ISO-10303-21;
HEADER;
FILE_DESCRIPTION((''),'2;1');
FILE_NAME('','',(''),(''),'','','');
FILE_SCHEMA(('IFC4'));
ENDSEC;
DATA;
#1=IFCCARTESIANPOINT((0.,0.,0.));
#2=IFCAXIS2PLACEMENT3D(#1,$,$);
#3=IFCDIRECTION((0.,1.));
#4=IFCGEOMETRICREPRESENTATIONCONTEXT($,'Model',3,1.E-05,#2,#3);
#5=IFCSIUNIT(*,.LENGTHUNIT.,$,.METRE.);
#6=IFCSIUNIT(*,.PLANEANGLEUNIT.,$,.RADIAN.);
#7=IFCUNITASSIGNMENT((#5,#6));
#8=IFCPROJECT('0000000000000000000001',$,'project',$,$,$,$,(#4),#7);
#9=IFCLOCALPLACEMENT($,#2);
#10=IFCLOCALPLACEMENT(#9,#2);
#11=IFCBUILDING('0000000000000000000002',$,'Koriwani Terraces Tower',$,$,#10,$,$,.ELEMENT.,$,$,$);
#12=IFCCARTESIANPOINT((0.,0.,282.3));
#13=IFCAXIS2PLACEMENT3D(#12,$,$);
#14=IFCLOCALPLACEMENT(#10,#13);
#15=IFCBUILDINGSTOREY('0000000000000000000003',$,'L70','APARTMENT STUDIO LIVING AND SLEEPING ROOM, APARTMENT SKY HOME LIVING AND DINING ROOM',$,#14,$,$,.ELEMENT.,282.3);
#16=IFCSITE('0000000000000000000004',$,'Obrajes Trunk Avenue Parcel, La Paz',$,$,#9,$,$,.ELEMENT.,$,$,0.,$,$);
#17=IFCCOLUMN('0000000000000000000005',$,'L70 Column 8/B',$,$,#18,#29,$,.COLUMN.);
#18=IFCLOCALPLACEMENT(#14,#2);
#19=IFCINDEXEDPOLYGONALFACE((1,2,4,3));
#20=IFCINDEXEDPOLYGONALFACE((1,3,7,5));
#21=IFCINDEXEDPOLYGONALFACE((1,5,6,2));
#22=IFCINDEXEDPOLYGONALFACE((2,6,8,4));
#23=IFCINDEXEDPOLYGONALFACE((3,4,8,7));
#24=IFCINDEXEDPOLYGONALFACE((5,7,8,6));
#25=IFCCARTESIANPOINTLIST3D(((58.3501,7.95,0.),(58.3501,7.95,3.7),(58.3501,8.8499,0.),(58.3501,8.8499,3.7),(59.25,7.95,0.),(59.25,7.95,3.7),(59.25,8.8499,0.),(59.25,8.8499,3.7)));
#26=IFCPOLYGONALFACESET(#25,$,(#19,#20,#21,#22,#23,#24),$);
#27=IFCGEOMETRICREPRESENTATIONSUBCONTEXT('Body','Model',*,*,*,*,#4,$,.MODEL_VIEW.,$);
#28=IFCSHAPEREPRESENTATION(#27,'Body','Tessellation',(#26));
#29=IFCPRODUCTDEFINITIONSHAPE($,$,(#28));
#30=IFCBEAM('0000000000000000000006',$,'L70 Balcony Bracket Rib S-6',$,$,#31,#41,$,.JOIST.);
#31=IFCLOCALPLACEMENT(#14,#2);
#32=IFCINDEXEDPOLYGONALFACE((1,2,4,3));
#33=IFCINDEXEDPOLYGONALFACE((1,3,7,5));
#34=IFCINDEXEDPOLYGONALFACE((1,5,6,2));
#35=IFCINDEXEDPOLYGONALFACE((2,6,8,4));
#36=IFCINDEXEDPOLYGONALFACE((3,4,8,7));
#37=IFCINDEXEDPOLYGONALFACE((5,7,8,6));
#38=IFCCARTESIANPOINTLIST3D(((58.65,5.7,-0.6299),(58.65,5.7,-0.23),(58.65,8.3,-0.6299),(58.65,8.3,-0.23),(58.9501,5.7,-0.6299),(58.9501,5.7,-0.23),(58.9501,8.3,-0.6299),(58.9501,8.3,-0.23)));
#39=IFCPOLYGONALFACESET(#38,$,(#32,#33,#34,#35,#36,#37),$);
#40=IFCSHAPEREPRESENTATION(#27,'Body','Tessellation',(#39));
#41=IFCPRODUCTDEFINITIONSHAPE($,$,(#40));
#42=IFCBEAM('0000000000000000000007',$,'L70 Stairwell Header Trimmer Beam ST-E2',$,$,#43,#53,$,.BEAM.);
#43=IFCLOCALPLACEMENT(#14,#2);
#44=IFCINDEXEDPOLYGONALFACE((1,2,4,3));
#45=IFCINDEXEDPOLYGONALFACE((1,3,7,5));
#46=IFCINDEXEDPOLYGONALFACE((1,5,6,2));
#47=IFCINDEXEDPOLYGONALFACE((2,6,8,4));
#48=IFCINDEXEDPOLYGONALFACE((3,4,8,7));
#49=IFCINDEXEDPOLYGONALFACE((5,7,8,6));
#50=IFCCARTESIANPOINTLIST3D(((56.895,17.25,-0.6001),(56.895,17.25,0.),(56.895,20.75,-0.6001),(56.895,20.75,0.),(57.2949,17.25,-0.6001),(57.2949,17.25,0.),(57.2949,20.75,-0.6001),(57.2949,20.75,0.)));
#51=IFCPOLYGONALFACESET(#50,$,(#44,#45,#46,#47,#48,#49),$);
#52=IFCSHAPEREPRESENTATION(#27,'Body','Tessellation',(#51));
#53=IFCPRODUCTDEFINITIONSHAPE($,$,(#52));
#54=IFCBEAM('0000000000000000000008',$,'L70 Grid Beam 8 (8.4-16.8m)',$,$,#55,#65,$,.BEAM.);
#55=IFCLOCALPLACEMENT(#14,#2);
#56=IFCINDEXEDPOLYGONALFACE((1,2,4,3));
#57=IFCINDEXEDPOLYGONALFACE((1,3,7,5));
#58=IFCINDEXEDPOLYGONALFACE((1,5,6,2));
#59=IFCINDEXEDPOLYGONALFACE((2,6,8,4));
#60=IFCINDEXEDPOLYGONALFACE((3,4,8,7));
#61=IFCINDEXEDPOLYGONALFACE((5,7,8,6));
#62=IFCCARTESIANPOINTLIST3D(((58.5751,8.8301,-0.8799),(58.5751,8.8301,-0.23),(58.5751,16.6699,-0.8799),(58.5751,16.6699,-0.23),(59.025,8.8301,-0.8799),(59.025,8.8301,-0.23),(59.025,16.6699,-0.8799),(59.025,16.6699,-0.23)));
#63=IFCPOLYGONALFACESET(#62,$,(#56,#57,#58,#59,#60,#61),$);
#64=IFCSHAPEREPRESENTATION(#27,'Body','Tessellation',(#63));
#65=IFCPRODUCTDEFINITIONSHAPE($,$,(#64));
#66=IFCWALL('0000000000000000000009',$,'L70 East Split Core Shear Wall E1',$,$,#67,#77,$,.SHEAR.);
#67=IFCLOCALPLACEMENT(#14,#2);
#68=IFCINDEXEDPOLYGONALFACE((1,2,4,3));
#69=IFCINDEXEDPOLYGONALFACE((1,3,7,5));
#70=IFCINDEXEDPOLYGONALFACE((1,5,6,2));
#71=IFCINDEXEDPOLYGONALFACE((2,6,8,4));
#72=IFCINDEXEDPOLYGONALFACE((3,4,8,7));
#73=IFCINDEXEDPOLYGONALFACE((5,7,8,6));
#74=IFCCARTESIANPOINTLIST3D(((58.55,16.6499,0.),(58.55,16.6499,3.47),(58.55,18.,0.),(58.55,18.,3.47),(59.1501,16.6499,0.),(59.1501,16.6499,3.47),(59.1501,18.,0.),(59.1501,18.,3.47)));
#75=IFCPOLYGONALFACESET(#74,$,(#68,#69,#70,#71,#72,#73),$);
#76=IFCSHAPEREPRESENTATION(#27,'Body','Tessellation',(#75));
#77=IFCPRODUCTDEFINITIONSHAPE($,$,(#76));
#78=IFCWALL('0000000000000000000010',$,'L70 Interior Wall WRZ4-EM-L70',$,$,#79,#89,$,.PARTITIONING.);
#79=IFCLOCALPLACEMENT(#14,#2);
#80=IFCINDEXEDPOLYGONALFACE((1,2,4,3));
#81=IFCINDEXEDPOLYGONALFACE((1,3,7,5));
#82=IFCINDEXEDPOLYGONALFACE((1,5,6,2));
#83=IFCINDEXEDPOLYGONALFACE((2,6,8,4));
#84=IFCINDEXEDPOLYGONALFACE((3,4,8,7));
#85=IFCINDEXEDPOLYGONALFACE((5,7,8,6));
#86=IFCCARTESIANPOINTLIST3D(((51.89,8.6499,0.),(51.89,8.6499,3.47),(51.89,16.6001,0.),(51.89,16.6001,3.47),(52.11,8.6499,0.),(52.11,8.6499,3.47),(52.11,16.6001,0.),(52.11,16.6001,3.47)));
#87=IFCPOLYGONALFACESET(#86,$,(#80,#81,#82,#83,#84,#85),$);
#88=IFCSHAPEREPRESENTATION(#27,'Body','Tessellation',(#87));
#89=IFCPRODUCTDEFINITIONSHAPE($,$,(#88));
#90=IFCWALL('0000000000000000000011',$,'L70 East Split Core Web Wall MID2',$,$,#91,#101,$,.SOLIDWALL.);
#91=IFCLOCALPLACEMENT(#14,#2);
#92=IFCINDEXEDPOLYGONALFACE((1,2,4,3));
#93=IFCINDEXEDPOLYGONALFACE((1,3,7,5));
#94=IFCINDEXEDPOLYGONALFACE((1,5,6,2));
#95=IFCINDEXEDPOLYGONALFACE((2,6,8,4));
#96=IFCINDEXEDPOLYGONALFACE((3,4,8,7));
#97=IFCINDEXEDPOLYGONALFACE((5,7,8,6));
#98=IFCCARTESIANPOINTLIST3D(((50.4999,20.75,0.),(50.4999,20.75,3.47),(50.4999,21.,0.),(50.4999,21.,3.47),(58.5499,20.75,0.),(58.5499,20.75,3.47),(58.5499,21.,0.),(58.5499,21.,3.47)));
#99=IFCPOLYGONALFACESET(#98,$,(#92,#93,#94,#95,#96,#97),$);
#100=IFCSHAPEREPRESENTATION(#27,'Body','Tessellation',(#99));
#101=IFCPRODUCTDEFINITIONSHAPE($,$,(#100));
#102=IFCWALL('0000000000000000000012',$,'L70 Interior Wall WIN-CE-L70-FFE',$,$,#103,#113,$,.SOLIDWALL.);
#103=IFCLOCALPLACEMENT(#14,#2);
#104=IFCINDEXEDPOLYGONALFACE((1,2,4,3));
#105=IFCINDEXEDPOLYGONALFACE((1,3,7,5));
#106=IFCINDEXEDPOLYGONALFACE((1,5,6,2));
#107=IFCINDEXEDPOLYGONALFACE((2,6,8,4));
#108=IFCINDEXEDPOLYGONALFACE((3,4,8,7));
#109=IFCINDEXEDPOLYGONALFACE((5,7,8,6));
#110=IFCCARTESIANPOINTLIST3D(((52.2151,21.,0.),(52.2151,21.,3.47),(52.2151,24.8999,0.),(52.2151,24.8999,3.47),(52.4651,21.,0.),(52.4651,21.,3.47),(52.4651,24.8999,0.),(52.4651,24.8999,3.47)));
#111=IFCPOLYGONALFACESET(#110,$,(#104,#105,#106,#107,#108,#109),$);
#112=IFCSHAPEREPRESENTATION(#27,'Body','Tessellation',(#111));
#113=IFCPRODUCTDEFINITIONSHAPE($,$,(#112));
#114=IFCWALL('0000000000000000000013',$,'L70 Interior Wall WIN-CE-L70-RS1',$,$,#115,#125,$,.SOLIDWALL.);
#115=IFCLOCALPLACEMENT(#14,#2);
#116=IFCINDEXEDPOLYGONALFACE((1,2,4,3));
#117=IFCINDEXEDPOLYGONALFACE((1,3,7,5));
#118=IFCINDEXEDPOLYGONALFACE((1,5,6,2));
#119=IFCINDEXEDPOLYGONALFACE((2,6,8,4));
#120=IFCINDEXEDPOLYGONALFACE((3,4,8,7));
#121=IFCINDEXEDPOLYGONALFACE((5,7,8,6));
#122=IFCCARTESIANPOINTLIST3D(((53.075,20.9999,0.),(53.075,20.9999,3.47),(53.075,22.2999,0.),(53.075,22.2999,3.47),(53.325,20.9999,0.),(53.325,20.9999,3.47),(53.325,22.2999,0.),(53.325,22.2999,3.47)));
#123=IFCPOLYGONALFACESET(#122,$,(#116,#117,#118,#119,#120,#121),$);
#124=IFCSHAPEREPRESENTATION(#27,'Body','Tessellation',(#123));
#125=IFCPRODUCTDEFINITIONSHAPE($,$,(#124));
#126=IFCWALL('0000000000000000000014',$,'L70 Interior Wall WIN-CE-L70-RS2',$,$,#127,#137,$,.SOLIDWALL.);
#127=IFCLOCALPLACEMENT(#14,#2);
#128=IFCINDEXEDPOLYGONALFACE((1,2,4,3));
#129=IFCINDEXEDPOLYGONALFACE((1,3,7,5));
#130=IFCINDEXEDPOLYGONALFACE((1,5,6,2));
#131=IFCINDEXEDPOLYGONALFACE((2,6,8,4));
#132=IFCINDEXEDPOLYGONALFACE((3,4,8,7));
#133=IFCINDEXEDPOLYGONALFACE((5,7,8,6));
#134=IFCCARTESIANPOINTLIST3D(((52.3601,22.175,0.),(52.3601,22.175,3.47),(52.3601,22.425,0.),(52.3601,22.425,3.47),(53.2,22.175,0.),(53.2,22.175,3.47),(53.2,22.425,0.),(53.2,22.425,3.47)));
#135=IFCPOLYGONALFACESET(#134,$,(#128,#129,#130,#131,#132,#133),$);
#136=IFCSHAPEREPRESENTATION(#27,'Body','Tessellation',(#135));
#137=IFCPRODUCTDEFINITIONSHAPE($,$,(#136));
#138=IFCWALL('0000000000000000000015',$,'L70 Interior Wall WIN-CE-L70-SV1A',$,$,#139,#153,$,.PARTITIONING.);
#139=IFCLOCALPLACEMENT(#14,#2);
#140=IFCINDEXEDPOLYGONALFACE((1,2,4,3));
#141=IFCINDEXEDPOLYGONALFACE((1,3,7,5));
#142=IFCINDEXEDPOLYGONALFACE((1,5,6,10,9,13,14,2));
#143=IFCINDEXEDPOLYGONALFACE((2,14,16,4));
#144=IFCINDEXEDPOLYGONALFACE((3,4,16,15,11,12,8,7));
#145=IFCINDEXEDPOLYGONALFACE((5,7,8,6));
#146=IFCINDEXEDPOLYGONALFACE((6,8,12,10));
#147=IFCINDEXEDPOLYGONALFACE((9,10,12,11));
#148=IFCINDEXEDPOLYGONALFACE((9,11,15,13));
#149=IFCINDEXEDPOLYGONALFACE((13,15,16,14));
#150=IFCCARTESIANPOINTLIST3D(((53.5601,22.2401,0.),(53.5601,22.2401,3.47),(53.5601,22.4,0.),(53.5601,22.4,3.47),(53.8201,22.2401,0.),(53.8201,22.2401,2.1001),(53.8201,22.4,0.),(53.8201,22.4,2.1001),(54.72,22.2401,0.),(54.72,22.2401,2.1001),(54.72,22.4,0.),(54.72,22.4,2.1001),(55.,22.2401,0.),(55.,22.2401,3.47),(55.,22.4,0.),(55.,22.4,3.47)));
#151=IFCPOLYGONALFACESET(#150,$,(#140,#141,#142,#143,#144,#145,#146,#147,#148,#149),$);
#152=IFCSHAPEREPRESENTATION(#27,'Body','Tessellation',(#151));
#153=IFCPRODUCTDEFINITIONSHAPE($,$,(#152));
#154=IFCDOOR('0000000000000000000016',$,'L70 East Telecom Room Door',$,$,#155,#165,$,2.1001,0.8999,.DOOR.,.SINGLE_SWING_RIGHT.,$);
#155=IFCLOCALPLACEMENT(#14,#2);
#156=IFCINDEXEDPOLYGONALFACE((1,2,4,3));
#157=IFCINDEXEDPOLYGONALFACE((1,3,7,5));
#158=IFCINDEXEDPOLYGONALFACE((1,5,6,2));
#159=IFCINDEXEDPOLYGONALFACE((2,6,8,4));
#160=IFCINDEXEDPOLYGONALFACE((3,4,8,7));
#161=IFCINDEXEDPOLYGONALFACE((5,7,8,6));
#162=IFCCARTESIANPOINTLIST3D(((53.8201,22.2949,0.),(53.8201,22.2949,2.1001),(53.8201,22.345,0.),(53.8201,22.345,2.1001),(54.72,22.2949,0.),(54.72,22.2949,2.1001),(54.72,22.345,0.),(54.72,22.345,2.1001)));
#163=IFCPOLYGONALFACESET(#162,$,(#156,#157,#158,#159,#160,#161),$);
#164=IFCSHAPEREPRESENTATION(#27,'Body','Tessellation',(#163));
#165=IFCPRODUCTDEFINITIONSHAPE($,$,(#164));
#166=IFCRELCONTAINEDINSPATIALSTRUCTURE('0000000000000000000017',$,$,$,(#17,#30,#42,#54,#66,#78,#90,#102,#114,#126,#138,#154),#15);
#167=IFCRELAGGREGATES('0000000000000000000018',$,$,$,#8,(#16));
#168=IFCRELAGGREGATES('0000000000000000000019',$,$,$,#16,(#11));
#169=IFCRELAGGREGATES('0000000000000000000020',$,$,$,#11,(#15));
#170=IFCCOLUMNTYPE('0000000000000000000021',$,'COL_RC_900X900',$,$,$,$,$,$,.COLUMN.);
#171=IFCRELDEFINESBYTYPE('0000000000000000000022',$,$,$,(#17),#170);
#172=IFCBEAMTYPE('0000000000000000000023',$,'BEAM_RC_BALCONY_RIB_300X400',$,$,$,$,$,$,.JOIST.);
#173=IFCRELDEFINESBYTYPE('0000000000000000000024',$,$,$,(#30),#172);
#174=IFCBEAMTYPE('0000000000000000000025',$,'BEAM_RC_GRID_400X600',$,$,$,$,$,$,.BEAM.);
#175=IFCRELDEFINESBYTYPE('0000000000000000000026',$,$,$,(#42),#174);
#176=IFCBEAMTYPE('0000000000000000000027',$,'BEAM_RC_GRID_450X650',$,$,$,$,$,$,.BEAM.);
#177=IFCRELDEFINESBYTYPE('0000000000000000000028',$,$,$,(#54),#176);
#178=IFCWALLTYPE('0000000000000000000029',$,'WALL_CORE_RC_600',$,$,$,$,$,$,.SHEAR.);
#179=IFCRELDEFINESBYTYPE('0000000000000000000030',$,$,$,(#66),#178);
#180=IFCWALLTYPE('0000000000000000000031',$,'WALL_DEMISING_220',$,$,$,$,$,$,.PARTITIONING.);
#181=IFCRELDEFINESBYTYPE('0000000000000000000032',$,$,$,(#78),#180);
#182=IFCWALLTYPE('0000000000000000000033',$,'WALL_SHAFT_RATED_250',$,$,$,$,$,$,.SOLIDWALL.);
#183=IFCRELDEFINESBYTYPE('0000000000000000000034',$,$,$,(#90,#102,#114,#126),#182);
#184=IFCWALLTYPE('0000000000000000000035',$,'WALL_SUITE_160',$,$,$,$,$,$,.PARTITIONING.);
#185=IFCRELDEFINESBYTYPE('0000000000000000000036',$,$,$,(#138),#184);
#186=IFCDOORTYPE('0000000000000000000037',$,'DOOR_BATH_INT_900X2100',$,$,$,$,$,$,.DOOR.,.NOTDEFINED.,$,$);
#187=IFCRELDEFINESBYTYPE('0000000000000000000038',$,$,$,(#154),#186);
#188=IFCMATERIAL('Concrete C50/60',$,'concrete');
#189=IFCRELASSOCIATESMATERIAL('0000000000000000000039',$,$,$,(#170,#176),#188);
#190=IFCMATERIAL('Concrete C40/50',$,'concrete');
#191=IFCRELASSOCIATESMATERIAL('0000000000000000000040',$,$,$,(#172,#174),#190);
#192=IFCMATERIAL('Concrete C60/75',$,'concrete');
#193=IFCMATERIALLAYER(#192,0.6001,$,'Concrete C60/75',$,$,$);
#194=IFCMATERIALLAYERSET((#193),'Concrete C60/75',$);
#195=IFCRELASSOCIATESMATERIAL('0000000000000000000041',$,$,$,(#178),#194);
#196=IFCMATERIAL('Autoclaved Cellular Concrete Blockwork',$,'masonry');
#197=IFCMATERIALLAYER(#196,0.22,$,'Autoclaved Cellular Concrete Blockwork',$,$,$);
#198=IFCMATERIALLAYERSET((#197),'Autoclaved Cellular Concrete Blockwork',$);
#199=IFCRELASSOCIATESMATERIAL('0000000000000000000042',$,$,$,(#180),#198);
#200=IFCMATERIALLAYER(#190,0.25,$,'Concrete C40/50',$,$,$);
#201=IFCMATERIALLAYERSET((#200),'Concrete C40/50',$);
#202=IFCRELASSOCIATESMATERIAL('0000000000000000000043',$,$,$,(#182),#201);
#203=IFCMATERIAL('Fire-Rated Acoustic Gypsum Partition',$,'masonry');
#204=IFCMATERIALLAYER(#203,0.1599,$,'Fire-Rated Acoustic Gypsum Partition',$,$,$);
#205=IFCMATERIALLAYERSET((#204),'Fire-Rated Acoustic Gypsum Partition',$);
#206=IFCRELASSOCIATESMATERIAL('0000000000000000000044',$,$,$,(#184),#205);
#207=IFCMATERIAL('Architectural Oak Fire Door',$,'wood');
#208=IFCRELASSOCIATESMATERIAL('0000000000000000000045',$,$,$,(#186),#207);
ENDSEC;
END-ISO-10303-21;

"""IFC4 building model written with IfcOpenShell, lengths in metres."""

from ifc_helpers import new_model, si_unit, direction, frame, frame_2d, origin, origin_2d, place, context, subcontext, project, spatial, rectangle, extrude, material, layer, layer_set, material_profile, profile_set, type_object, element, fill, save


model = new_model("IFC4")

# Units and contexts
model_context = context("Model", 3, precision=1e-05, world=origin(), true_north=direction((0.0, 1.0)))
body_context = subcontext(model_context, "Body", "Model", "MODEL_VIEW")
ifc_project = project(units=[si_unit("LENGTHUNIT", "METRE"), si_unit("PLANEANGLEUNIT", "RADIAN")], contexts=[model_context])

# Site, building, storey
site_placement = place(None, origin())
site = spatial("IfcSite", under=ifc_project, at=site_placement, Name="Obrajes Trunk Avenue Parcel, La Paz", CompositionType="ELEMENT", RefElevation=0.0)
building_placement = place(site_placement, origin())
building = spatial("IfcBuilding", under=site, at=building_placement, Name="Koriwani Terraces Tower", CompositionType="ELEMENT")
storey_placement = place(building_placement, frame((0.0, 0.0, 282.3)))
storey = spatial("IfcBuildingStorey", under=building, at=storey_placement, Name="L70", Description="APARTMENT STUDIO LIVING AND SLEEPING ROOM, APARTMENT SKY HOME LIVING AND DINING ROOM", CompositionType="ELEMENT", Elevation=282.3)

# Column
ifc_material_1 = material(Name="Concrete C50/60", Category="concrete")
ifc_material_profile_1 = material_profile(ifc_material_1, rectangle(XDim=0.8999, YDim=0.8999, at=origin_2d()), Name="Concrete C50/60", Category="LoadBearing")
ifc_profile_set_1 = profile_set([ifc_material_profile_1], Name="Concrete C50/60")
column_type = type_object("IfcColumnType", Name="COL_RC_900X900", PredefinedType="COLUMN", material=ifc_profile_set_1)
column_placement = place(storey_placement, frame((58.8, 8.3999, 0.0), z_axis=(0.0, 0.0, 1.0), x_axis=(1.0, 0.0, 0.0)))
element("IfcColumn", 1, at=column_placement, inside=storey, type_object=column_type, Name="L70 Column 8/B", PredefinedType="COLUMN", context=body_context, shape_type="SweptSolid", body=[
    extrude(rectangle(XDim=0.8999, YDim=0.8999, at=origin_2d()), origin(), (0.0, 0.0, 1.0), 3.7),
])

# Beams
ifc_material_2 = material(Name="Concrete C40/50", Category="concrete")
ifc_material_profile_2 = material_profile(ifc_material_2, rectangle(XDim=0.3, YDim=0.3999, at=origin_2d()), Name="Concrete C40/50", Category="LoadBearing")
ifc_profile_set_2 = profile_set([ifc_material_profile_2], Name="Concrete C40/50")
beam_type_1 = type_object("IfcBeamType", Name="BEAM_RC_BALCONY_RIB_300X400", PredefinedType="JOIST", material=ifc_profile_set_2)
beam_1_placement = place(storey_placement, frame((58.8, 5.7, -0.4299), z_axis=(0.0, 1.0, 0.0), x_axis=(-1.0, 0.0, 0.0)))
element("IfcBeam", 2, at=beam_1_placement, inside=storey, type_object=beam_type_1, Name="L70 Balcony Bracket Rib S-6", PredefinedType="JOIST", context=body_context, shape_type="SweptSolid", body=[
    extrude(rectangle(XDim=0.3, YDim=0.3999, at=origin_2d()), origin(), (0.0, 0.0, 1.0), 2.6001),
])
ifc_material_profile_3 = material_profile(ifc_material_2, rectangle(XDim=0.3999, YDim=0.6001, at=origin_2d()), Name="Concrete C40/50", Category="LoadBearing")
ifc_profile_set_3 = profile_set([ifc_material_profile_3], Name="Concrete C40/50")
beam_type_2 = type_object("IfcBeamType", Name="BEAM_RC_GRID_400X600", PredefinedType="BEAM", material=ifc_profile_set_3)
beam_2_placement = place(storey_placement, frame((57.095, 17.25, -0.3), z_axis=(0.0, 1.0, 0.0), x_axis=(-1.0, 0.0, 0.0)))
element("IfcBeam", 3, at=beam_2_placement, inside=storey, type_object=beam_type_2, Name="L70 Stairwell Header Trimmer Beam ST-E2", PredefinedType="BEAM", context=body_context, shape_type="SweptSolid", body=[
    extrude(rectangle(XDim=0.3999, YDim=0.6001, at=origin_2d()), origin(), (0.0, 0.0, 1.0), 3.5),
])
ifc_material_profile_4 = material_profile(ifc_material_1, rectangle(XDim=0.45, YDim=0.6499, at=origin_2d()), Name="Concrete C50/60", Category="LoadBearing")
ifc_profile_set_4 = profile_set([ifc_material_profile_4], Name="Concrete C50/60")
beam_type_3 = type_object("IfcBeamType", Name="BEAM_RC_GRID_450X650", PredefinedType="BEAM", material=ifc_profile_set_4)
beam_3_placement = place(storey_placement, frame((58.8, 8.8301, -0.5549), z_axis=(0.0, 1.0, 0.0), x_axis=(-1.0, 0.0, 0.0)))
element("IfcBeam", 4, at=beam_3_placement, inside=storey, type_object=beam_type_3, Name="L70 Grid Beam 8 (8.4-16.8m)", PredefinedType="BEAM", context=body_context, shape_type="SweptSolid", body=[
    extrude(rectangle(XDim=0.45, YDim=0.6499, at=origin_2d()), origin(), (0.0, 0.0, 1.0), 7.8398),
])

# Walls
ifc_material_3 = material(Name="Concrete C60/75", Category="concrete")
ifc_layer_1 = layer(ifc_material_3, 0.6001, Name="Concrete C60/75")
ifc_layer_set_1 = layer_set([ifc_layer_1], Name="Concrete C60/75")
wall_type_1 = type_object("IfcWallType", Name="WALL_CORE_RC_600", PredefinedType="SHEAR", material=ifc_layer_set_1)
wall_1_placement = place(storey_placement, frame((58.8501, 16.6499, 0.0), z_axis=(0.0, 0.0, 1.0), x_axis=(0.0, 1.0, 0.0)))
element("IfcWall", 5, at=wall_1_placement, inside=storey, type_object=wall_type_1, Name="L70 East Split Core Shear Wall E1", PredefinedType="SHEAR", context=body_context, shape_type="SweptSolid", body=[
    extrude(rectangle(XDim=1.3501, YDim=0.6001, at=frame_2d((0.675, 0.0))), origin(), (0.0, 0.0, 1.0), 3.47),
])
ifc_material_4 = material(Name="Autoclaved Cellular Concrete Blockwork", Category="masonry")
ifc_layer_2 = layer(ifc_material_4, 0.22, Name="Autoclaved Cellular Concrete Blockwork")
ifc_layer_set_2 = layer_set([ifc_layer_2], Name="Autoclaved Cellular Concrete Blockwork")
wall_type_2 = type_object("IfcWallType", Name="WALL_DEMISING_220", PredefinedType="PARTITIONING", material=ifc_layer_set_2)
wall_2_placement = place(storey_placement, frame((52.0, 8.6499, 0.0), z_axis=(0.0, 0.0, 1.0), x_axis=(0.0, 1.0, 0.0)))
element("IfcWall", 6, at=wall_2_placement, inside=storey, type_object=wall_type_2, Name="L70 Interior Wall WRZ4-EM-L70", PredefinedType="PARTITIONING", context=body_context, shape_type="SweptSolid", body=[
    extrude(rectangle(XDim=7.9502, YDim=0.22, at=frame_2d((3.9751, 0.0))), origin(), (0.0, 0.0, 1.0), 3.47),
])
ifc_layer_3 = layer(ifc_material_2, 0.25, Name="Concrete C40/50")
ifc_layer_set_3 = layer_set([ifc_layer_3], Name="Concrete C40/50")
wall_type_3 = type_object("IfcWallType", Name="WALL_SHAFT_RATED_250", PredefinedType="SOLIDWALL", material=ifc_layer_set_3)
wall_3_placement = place(storey_placement, frame((50.5, 20.875, 0.0), z_axis=(0.0, 0.0, 1.0), x_axis=(1.0, 0.0, 0.0)))
element("IfcWall", 7, at=wall_3_placement, inside=storey, type_object=wall_type_3, Name="L70 East Split Core Web Wall MID2", PredefinedType="SOLIDWALL", context=body_context, shape_type="SweptSolid", body=[
    extrude(rectangle(XDim=8.05, YDim=0.25, at=frame_2d((4.0249, 0.0))), origin(), (0.0, 0.0, 1.0), 3.47),
])

# Wall
wall_4_placement = place(storey_placement, frame((52.3401, 21.0, 0.0), z_axis=(0.0, 0.0, 1.0), x_axis=(0.0, 1.0, 0.0)))
element("IfcWall", 8, at=wall_4_placement, inside=storey, type_object=wall_type_3, Name="L70 Interior Wall WIN-CE-L70-FFE", PredefinedType="SOLIDWALL", context=body_context, shape_type="SweptSolid", body=[
    extrude(rectangle(XDim=3.8999, YDim=0.25, at=frame_2d((1.95, 0.0))), origin(), (0.0, 0.0, 1.0), 3.47),
])

# Walls
wall_5_placement = place(storey_placement, frame((53.2, 21.0, 0.0), z_axis=(0.0, 0.0, 1.0), x_axis=(0.0, 1.0, 0.0)))
element("IfcWall", 9, at=wall_5_placement, inside=storey, type_object=wall_type_3, Name="L70 Interior Wall WIN-CE-L70-RS1", PredefinedType="SOLIDWALL", context=body_context, shape_type="SweptSolid", body=[
    extrude(rectangle(XDim=1.3, YDim=0.25, at=frame_2d((0.6499, 0.0))), origin(), (0.0, 0.0, 1.0), 3.47),
])
wall_6_placement = place(storey_placement, frame((52.3601, 22.3, 0.0), z_axis=(0.0, 0.0, 1.0), x_axis=(1.0, 0.0, 0.0)))
element("IfcWall", 10, at=wall_6_placement, inside=storey, type_object=wall_type_3, Name="L70 Interior Wall WIN-CE-L70-RS2", PredefinedType="SOLIDWALL", context=body_context, shape_type="SweptSolid", body=[
    extrude(rectangle(XDim=0.8398, YDim=0.25, at=frame_2d((0.4199, 0.0))), origin(), (0.0, 0.0, 1.0), 3.47),
])

# Wall, opening, door
ifc_material_5 = material(Name="Fire-Rated Acoustic Gypsum Partition", Category="masonry")
ifc_layer_4 = layer(ifc_material_5, 0.1599, Name="Fire-Rated Acoustic Gypsum Partition")
ifc_layer_set_4 = layer_set([ifc_layer_4], Name="Fire-Rated Acoustic Gypsum Partition")
wall_type_4 = type_object("IfcWallType", Name="WALL_SUITE_160", PredefinedType="PARTITIONING", material=ifc_layer_set_4)
wall_7_placement = place(storey_placement, frame((53.5601, 22.3201, 0.0), z_axis=(0.0, 0.0, 1.0), x_axis=(1.0, 0.0, 0.0)))
wall_7 = element("IfcWall", 11, at=wall_7_placement, inside=storey, type_object=wall_type_4, Name="L70 Interior Wall WIN-CE-L70-SV1A", PredefinedType="PARTITIONING", context=body_context, shape_type="SweptSolid", body=[
    extrude(rectangle(XDim=1.4399, YDim=0.1599, at=frame_2d((0.72, 0.0))), origin(), (0.0, 0.0, 1.0), 3.47),
])
opening_1_placement = place(wall_7_placement, frame((0.26, 0.0, 0.0)))
opening_1 = element("IfcOpeningElement", 12, at=opening_1_placement, cuts=wall_7, PredefinedType="OPENING", context=body_context, shape_type="SweptSolid", body=[
    extrude(rectangle(XDim=0.8999, YDim=2.1001, at=frame_2d((0.45, 1.05))), frame((0.0, 0.0898, 0.0), z_axis=(0.0, -1.0, 0.0), x_axis=(1.0, 0.0, 0.0)), (0.0, 0.0, 1.0), 0.1799),
])
ifc_material_6 = material(Name="Architectural Oak Fire Door", Category="wood")
door_type_1 = type_object("IfcDoorType", Name="DOOR_BATH_INT_900X2100", OperationType="NOTDEFINED", PredefinedType="DOOR", material=ifc_material_6)
door_1_placement = place(opening_1_placement, origin())
door_1 = element("IfcDoor", 13, at=door_1_placement, inside=storey, type_object=door_type_1, Name="L70 East Telecom Room Door", OperationType="SINGLE_SWING_RIGHT", OverallHeight=2.1001, OverallWidth=0.8999, PredefinedType="DOOR", context=body_context, shape_type="SweptSolid", body=[
    extrude(rectangle(XDim=0.8999, YDim=2.1001, at=frame_2d((0.45, 1.05))), frame((0.0, 0.0249, 0.0), z_axis=(0.0, -1.0, 0.0), x_axis=(1.0, 0.0, 0.0)), (0.0, 0.0, 1.0), 0.05),
])
fill(opening_1, door_1)

save(model, "model.ifc")
